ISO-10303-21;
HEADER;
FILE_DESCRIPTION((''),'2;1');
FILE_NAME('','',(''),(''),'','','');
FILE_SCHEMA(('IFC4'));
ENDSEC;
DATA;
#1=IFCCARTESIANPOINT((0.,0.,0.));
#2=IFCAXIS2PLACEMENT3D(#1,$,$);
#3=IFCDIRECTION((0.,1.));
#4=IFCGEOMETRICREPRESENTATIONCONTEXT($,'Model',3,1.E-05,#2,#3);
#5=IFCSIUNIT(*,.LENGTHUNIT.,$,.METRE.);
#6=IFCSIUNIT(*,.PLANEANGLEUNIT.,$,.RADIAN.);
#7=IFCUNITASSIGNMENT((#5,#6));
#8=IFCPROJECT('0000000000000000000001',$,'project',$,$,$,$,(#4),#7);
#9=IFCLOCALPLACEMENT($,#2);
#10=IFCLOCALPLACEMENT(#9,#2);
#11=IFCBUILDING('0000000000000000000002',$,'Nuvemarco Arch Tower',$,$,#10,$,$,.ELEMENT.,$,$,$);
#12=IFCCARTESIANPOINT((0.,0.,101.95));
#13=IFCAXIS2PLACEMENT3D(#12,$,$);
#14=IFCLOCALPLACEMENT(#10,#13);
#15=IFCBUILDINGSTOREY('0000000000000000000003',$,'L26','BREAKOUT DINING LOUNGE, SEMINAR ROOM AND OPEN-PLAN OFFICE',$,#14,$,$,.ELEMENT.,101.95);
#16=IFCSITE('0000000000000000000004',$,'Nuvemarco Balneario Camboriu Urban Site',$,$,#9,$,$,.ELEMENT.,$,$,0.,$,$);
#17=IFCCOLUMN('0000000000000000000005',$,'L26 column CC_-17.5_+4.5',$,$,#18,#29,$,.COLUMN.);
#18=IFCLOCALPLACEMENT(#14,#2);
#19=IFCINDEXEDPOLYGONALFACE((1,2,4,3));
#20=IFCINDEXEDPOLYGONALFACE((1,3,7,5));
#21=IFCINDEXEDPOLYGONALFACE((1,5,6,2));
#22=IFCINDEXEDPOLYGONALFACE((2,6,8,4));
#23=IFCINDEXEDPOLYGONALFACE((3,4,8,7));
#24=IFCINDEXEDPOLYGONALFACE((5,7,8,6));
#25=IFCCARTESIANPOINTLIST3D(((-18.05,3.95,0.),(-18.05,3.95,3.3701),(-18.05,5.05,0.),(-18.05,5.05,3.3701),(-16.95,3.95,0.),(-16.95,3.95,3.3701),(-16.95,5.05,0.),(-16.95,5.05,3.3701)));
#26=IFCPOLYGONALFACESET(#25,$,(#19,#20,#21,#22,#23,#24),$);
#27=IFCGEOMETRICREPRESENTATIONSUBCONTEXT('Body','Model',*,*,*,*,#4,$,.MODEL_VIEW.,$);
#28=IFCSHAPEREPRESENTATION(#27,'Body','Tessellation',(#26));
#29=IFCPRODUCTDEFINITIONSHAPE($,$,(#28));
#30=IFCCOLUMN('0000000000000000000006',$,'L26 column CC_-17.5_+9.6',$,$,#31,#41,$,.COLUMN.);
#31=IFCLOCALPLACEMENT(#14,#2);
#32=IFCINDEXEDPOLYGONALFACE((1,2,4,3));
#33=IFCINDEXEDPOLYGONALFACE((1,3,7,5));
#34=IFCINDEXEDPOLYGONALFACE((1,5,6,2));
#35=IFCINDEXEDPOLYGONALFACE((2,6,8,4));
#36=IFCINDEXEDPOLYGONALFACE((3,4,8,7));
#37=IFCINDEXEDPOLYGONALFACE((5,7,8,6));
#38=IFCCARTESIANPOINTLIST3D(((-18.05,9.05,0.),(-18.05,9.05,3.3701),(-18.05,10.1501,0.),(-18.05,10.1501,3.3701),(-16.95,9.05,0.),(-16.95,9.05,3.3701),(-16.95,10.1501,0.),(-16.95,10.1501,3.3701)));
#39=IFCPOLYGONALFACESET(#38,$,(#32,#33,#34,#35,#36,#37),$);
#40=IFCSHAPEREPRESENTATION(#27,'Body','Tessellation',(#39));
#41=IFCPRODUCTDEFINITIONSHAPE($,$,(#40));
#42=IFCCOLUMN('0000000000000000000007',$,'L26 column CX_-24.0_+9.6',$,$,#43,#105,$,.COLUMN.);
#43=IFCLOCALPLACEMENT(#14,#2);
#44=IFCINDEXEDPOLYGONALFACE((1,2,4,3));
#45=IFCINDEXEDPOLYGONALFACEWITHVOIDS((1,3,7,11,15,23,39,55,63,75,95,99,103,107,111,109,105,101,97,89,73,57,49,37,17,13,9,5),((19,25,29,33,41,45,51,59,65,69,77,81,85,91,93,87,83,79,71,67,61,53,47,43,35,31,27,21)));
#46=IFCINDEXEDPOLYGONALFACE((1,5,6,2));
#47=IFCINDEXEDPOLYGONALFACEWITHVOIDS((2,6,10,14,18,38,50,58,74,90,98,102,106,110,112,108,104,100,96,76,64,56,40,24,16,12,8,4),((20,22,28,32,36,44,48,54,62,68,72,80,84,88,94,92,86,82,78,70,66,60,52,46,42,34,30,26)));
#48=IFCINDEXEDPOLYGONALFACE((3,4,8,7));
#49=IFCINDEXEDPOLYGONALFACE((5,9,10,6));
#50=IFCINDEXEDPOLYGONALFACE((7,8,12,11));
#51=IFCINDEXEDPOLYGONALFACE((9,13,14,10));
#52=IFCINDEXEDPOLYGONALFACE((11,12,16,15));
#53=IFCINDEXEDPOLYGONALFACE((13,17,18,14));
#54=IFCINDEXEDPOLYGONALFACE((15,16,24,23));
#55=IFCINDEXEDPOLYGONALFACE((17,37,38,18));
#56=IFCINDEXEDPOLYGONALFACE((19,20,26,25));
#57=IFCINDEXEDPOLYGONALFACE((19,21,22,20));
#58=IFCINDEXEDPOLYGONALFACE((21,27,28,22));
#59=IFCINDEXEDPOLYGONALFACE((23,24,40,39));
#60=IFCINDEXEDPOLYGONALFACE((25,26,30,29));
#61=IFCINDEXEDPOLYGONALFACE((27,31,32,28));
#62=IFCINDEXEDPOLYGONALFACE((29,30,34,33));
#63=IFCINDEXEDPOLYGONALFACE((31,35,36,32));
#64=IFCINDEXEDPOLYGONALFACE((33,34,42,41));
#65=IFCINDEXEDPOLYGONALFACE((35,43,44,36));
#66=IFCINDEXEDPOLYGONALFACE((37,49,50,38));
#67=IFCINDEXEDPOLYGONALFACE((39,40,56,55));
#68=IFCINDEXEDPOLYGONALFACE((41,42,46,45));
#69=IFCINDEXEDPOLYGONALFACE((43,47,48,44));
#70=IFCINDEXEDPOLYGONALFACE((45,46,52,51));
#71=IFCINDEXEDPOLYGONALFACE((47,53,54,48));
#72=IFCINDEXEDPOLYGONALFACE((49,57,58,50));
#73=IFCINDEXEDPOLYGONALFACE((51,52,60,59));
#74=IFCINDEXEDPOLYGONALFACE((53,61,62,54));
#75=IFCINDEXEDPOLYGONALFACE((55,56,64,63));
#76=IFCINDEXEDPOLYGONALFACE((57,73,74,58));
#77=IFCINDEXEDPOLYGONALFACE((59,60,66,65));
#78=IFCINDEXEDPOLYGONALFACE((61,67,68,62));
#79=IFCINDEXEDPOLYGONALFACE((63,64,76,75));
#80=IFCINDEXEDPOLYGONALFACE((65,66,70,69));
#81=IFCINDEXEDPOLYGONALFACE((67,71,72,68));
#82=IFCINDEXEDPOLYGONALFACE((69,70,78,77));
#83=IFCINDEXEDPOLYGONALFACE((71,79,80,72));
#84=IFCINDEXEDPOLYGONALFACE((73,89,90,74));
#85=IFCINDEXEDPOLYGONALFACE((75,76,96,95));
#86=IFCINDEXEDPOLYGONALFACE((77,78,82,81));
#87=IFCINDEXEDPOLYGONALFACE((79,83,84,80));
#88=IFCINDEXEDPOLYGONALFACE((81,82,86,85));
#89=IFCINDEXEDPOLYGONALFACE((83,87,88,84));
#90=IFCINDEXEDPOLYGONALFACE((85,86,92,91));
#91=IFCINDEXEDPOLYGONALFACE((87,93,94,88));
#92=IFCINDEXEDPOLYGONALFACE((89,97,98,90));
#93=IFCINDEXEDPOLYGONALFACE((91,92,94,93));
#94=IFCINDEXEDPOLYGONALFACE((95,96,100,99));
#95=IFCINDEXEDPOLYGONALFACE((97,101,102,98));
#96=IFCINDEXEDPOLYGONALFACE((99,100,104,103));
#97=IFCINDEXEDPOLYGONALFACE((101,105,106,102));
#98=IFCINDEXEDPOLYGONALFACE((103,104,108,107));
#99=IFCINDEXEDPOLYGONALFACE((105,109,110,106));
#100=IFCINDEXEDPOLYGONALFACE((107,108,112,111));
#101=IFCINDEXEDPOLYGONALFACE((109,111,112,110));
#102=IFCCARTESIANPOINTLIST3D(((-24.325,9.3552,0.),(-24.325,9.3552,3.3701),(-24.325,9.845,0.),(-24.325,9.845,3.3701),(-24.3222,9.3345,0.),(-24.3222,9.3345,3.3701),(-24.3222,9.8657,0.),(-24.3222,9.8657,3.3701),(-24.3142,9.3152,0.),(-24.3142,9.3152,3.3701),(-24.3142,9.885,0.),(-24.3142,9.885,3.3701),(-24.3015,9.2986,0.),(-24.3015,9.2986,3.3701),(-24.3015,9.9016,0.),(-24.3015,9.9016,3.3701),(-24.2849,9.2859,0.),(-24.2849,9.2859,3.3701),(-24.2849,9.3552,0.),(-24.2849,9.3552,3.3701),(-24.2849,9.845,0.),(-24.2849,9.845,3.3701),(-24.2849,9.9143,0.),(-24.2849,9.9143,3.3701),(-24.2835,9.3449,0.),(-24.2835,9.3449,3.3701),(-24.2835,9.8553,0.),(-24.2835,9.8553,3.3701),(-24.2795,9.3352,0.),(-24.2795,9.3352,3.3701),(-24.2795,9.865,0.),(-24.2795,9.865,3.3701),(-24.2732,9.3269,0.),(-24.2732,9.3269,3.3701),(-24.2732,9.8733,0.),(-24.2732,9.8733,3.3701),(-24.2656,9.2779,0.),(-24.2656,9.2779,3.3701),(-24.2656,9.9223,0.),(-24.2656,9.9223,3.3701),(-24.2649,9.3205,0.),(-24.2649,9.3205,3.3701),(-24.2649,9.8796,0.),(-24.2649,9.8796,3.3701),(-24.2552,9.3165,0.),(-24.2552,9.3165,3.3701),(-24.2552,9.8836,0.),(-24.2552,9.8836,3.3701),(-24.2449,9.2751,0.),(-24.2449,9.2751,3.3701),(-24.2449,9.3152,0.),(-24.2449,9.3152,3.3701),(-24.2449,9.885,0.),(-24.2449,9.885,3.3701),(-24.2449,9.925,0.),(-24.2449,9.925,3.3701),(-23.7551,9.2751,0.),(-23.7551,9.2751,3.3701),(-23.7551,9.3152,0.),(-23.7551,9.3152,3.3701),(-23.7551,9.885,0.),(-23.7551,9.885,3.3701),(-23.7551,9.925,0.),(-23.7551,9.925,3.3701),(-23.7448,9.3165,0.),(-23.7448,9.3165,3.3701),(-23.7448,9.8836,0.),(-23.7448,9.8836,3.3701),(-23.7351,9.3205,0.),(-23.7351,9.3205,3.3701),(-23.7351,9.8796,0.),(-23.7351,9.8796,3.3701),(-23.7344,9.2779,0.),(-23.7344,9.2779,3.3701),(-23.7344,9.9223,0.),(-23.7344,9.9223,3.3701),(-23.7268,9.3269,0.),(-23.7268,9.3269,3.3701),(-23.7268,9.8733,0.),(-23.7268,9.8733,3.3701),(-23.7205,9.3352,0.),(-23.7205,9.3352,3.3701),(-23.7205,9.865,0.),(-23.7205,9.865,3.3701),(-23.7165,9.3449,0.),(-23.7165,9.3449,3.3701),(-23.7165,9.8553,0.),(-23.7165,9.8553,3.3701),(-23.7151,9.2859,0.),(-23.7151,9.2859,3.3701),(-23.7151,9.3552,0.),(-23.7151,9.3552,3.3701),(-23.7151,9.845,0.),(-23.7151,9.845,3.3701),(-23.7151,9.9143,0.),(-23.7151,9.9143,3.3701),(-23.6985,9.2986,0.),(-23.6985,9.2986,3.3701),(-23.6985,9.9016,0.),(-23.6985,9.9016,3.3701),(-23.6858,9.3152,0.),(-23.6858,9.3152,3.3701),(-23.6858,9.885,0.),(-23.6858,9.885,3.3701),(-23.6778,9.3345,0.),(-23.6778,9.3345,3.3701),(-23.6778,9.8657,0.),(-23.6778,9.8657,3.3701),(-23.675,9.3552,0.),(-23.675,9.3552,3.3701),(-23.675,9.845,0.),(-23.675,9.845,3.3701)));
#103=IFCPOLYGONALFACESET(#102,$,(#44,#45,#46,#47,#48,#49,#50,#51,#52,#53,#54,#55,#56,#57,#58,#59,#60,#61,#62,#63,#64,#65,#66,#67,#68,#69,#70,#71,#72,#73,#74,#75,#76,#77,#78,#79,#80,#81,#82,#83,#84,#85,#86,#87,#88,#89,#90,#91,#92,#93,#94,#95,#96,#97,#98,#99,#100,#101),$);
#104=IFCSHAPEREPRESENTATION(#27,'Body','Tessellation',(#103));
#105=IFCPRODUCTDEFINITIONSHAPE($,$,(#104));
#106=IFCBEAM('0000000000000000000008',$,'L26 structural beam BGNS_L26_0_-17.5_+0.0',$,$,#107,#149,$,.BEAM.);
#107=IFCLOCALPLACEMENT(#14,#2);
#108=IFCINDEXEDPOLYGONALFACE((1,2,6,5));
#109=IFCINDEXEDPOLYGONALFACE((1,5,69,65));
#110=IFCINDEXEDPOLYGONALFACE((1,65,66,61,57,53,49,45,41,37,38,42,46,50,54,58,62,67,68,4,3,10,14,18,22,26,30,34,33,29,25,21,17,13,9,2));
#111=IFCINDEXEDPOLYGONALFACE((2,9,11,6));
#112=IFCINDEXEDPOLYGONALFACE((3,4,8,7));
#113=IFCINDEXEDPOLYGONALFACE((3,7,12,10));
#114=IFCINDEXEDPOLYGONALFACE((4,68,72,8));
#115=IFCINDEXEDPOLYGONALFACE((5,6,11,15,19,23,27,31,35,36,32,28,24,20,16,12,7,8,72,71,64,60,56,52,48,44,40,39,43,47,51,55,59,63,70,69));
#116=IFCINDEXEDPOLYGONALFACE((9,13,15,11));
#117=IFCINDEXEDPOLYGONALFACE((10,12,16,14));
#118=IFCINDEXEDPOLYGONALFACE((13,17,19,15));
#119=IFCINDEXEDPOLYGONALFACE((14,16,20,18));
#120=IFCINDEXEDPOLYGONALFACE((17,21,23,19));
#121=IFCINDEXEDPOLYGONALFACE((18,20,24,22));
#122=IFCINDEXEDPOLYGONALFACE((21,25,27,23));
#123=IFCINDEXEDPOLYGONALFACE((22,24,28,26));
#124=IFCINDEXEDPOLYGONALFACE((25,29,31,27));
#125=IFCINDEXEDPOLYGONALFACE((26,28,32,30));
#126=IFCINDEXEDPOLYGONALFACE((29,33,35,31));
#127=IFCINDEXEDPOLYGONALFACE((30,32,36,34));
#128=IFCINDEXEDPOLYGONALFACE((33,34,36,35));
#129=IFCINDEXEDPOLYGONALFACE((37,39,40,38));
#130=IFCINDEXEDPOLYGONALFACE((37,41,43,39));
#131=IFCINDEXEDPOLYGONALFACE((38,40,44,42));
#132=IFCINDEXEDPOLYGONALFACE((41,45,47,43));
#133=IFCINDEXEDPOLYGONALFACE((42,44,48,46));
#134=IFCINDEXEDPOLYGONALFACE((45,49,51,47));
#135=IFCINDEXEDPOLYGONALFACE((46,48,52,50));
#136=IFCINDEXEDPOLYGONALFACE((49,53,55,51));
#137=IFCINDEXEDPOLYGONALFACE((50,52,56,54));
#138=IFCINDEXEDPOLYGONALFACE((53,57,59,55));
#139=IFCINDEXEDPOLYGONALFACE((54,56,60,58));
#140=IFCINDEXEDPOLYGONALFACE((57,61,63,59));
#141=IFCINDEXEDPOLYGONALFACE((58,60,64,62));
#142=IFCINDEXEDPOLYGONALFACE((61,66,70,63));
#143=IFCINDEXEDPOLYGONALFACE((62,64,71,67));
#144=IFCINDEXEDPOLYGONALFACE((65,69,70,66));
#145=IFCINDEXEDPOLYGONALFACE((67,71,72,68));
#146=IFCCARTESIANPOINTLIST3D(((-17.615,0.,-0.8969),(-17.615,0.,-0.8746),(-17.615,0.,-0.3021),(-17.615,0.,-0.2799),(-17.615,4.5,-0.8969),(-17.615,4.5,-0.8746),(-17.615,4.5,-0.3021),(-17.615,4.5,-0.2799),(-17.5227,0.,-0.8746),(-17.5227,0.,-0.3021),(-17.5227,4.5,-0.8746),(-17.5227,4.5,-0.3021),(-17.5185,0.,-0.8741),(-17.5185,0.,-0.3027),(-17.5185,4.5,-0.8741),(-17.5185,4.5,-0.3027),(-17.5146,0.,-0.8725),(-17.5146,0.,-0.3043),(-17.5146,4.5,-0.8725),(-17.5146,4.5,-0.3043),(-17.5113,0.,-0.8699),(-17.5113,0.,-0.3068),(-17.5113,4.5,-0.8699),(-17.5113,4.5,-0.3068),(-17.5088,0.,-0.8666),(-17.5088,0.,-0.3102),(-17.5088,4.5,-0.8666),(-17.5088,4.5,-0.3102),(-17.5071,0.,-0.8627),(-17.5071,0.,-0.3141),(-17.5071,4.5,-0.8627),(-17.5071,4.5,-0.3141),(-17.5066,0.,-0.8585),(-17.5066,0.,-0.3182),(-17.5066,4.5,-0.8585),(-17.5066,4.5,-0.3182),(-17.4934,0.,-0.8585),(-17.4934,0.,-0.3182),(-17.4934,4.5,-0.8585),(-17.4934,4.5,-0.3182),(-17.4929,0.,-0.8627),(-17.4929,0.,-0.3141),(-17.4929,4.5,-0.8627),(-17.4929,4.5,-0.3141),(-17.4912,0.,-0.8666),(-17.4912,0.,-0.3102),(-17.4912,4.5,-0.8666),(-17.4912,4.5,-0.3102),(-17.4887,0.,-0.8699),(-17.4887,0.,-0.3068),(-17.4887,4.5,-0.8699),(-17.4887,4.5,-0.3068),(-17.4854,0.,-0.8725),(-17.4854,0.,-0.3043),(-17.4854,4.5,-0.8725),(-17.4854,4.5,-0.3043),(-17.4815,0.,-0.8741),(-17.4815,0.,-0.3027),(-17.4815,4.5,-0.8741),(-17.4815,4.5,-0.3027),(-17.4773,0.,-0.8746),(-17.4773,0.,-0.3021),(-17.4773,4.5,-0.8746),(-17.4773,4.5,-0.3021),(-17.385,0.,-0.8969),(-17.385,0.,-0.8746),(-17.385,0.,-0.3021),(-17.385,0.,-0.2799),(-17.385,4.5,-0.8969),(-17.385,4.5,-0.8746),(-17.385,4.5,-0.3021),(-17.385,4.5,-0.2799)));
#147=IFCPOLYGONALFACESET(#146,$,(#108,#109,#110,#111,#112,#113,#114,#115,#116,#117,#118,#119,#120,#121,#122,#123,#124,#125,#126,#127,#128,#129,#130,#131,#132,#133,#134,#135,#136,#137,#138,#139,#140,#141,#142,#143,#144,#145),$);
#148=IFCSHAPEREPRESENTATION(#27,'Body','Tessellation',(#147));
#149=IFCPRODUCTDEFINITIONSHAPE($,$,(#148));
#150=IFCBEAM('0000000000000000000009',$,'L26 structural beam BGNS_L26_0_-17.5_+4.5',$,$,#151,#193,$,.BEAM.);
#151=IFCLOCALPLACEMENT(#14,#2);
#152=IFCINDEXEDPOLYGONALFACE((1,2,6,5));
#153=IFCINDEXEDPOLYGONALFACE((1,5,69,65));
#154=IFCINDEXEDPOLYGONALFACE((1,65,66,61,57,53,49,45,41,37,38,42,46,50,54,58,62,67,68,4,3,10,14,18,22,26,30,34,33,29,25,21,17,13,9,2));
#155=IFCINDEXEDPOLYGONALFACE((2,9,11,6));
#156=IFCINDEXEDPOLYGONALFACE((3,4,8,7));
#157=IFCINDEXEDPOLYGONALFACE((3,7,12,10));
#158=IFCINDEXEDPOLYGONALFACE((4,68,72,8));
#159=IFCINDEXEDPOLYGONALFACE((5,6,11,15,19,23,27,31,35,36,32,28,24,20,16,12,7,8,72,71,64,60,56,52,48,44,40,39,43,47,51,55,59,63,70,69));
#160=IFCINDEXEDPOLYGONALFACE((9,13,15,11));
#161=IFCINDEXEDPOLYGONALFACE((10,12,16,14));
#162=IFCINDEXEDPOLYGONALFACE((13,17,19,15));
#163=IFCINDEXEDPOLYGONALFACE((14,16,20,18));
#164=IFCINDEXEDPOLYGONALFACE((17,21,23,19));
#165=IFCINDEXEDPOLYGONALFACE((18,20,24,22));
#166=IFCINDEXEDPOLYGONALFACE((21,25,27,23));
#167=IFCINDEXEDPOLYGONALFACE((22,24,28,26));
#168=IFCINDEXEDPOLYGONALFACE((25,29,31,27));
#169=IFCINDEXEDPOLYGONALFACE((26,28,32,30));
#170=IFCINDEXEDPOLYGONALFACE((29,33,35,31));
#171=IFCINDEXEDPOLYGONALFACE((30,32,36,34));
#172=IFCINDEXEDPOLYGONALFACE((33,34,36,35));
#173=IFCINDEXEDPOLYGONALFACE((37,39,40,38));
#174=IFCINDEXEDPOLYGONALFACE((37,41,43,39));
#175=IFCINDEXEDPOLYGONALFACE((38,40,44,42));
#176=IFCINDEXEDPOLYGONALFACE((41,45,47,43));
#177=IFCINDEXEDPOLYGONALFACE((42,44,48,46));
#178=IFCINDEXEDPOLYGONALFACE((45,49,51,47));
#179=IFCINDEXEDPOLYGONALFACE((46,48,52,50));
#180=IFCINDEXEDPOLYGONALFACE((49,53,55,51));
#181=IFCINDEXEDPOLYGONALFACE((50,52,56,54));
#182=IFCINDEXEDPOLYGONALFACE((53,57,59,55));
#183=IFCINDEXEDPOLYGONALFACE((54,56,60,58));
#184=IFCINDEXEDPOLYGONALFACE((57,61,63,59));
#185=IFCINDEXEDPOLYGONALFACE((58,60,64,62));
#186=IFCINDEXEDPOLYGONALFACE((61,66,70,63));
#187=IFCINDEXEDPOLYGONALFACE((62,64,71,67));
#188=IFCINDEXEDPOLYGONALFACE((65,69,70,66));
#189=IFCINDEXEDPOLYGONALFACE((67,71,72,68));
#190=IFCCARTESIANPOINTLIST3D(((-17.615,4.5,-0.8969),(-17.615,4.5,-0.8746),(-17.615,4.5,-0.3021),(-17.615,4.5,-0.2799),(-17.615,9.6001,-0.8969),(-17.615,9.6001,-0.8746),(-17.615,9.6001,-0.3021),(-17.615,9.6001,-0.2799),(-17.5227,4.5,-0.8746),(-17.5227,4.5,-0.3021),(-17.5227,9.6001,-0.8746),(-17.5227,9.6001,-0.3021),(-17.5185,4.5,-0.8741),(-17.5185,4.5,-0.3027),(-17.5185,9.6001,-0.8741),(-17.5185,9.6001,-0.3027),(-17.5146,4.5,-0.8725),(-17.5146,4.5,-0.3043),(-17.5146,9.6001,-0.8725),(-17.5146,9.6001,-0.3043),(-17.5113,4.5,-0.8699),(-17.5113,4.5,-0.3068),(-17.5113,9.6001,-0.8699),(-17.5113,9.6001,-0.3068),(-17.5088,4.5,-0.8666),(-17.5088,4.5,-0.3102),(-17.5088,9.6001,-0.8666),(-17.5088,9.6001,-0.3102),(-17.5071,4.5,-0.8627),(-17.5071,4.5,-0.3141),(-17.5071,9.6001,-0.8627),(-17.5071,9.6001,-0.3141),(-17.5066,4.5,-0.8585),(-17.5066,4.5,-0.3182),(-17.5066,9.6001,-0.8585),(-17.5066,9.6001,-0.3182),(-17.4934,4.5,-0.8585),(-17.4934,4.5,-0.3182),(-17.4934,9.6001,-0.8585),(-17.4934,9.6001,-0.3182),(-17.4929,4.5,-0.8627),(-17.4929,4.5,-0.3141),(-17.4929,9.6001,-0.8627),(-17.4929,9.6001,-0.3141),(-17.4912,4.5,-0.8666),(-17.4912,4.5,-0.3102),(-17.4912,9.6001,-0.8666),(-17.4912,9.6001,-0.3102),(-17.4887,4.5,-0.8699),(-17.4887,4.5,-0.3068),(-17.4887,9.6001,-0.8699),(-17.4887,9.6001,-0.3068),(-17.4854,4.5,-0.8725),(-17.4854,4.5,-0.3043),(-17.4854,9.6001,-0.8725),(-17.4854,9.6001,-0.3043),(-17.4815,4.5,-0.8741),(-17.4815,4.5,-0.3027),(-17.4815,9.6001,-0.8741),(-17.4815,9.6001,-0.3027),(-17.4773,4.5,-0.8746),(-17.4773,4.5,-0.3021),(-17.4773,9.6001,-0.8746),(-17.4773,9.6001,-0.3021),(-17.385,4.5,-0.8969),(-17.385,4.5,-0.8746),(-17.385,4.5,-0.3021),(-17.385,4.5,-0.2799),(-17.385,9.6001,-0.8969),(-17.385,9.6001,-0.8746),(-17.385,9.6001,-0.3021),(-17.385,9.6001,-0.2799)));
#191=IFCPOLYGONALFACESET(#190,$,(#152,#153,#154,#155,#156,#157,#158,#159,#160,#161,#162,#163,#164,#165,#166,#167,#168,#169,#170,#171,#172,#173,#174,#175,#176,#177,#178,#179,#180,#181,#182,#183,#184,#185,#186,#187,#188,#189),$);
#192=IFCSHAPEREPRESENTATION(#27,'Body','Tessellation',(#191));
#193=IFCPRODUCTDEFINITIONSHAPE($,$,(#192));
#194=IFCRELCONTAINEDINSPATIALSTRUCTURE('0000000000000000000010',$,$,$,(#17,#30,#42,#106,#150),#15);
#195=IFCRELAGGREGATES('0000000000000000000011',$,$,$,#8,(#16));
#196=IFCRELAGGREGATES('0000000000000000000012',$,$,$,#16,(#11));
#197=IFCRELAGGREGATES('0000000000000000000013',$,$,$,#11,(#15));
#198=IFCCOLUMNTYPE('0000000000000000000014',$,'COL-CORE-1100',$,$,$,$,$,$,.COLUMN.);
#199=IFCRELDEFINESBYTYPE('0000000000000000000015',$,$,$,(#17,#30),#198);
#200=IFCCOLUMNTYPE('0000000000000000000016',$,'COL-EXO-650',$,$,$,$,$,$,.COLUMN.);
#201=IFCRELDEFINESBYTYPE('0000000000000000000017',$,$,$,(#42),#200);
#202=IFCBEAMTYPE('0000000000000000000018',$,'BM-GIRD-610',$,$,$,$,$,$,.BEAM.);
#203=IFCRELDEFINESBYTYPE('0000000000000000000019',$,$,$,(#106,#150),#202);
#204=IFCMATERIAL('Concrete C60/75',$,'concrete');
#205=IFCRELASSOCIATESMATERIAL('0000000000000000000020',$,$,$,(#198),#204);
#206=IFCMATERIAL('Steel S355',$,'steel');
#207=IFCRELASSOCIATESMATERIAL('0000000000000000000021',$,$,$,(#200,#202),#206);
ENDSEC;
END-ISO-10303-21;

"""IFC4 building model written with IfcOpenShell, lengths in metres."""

from ifc_helpers import new_model, si_unit, direction, frame, origin, origin_2d, place, context, subcontext, project, spatial, rectangle, hollow_rectangle, i_section, extrude, material, material_profile, profile_set, type_object, element, save


model = new_model("IFC4")

# Units and contexts
model_context = context("Model", 3, precision=1e-05, world=origin(), true_north=direction((0.0, 1.0)))
body_context = subcontext(model_context, "Body", "Model", "MODEL_VIEW")
ifc_project = project(units=[si_unit("LENGTHUNIT", "METRE"), si_unit("PLANEANGLEUNIT", "RADIAN")], contexts=[model_context])

# Site, building, storey
site_placement = place(None, origin())
site = spatial("IfcSite", under=ifc_project, at=site_placement, Name="Nuvemarco Balneario Camboriu Urban Site", CompositionType="ELEMENT", RefElevation=0.0)
building_placement = place(site_placement, origin())
building = spatial("IfcBuilding", under=site, at=building_placement, Name="Nuvemarco Arch Tower", CompositionType="ELEMENT")
storey_placement = place(building_placement, frame((0.0, 0.0, 101.95)))
storey = spatial("IfcBuildingStorey", under=building, at=storey_placement, Name="L26", Description="BREAKOUT DINING LOUNGE, SEMINAR ROOM AND OPEN-PLAN OFFICE", CompositionType="ELEMENT", Elevation=101.95)

# Columns
ifc_material_1 = material(Name="Concrete C60/75", Category="concrete")
ifc_material_profile_1 = material_profile(ifc_material_1, rectangle(XDim=1.1001, YDim=1.1001, at=origin_2d()), Name="RC-COL-1100x1100")
ifc_profile_set_1 = profile_set([ifc_material_profile_1], Name="Concrete C60/75")
column_type_1 = type_object("IfcColumnType", Name="COL-CORE-1100", PredefinedType="COLUMN", material=ifc_profile_set_1)
for number, where, z_axis, x_axis, name in (
    (1, (-17.5, 4.5, 0.0), (0.0, 0.0, 1.0), (1.0, 0.0, 0.0), "L26 column CC_-17.5_+4.5"),
    (2, (-17.5, 9.6001, 0.0), (0.0, 0.0, 1.0), (1.0, 0.0, 0.0), "L26 column CC_-17.5_+9.6"),
):
    element("IfcColumn", number, at=place(storey_placement, frame(where, z_axis=z_axis, x_axis=x_axis)), inside=storey, type_object=column_type_1, Name=name, PredefinedType="COLUMN", context=body_context, shape_type="SweptSolid", body=[
        extrude(rectangle(XDim=1.1001, YDim=1.1001, at=origin_2d()), origin(), (0.0, 0.0, 1.0), 3.3701),
    ])
ifc_material_2 = material(Name="Steel S355", Category="steel")
ifc_material_profile_2 = material_profile(ifc_material_2, hollow_rectangle(XDim=0.6499, YDim=0.6499, WallThickness=0.04, InnerFilletRadius=0.04, OuterFilletRadius=0.0801, at=origin_2d()), Name="SHS650x650x40")
ifc_profile_set_2 = profile_set([ifc_material_profile_2], Name="Steel S355")
column_type_2 = type_object("IfcColumnType", Name="COL-EXO-650", PredefinedType="COLUMN", material=ifc_profile_set_2)
column_placement = place(storey_placement, frame((-24.0, 9.6001, 0.0), z_axis=(0.0, 0.0, 1.0), x_axis=(1.0, 0.0, 0.0)))
element("IfcColumn", 3, at=column_placement, inside=storey, type_object=column_type_2, Name="L26 column CX_-24.0_+9.6", PredefinedType="COLUMN", context=body_context, shape_type="SweptSolid", body=[
    extrude(hollow_rectangle(XDim=0.6499, YDim=0.6499, WallThickness=0.04, InnerFilletRadius=0.04, OuterFilletRadius=0.0801, at=origin_2d()), origin(), (0.0, 0.0, 1.0), 3.3701),
])

# Beams
ifc_material_profile_3 = material_profile(ifc_material_2, i_section(OverallWidth=0.23, OverallDepth=0.6169, WebThickness=0.0132, FlangeThickness=0.0222, FilletRadius=0.0161, at=origin_2d()), Name="W610x140")
ifc_profile_set_3 = profile_set([ifc_material_profile_3], Name="Steel S355")
beam_type_1 = type_object("IfcBeamType", Name="BM-GIRD-610", PredefinedType="BEAM", material=ifc_profile_set_3)
beam_1_placement = place(storey_placement, frame((-17.5, 0.0, -0.5884), z_axis=(0.0, 1.0, 0.0), x_axis=(-1.0, 0.0, 0.0)))
element("IfcBeam", 4, at=beam_1_placement, inside=storey, type_object=beam_type_1, Name="L26 structural beam BGNS_L26_0_-17.5_+0.0", PredefinedType="BEAM", context=body_context, shape_type="SweptSolid", body=[
    extrude(i_section(OverallWidth=0.23, OverallDepth=0.6169, WebThickness=0.0132, FlangeThickness=0.0222, FilletRadius=0.0161, at=origin_2d()), origin(), (0.0, 0.0, 1.0), 4.5),
])
beam_2_placement = place(storey_placement, frame((-17.5, 4.5, -0.5884), z_axis=(0.0, 1.0, 0.0), x_axis=(-1.0, 0.0, 0.0)))
element("IfcBeam", 5, at=beam_2_placement, inside=storey, type_object=beam_type_1, Name="L26 structural beam BGNS_L26_0_-17.5_+4.5", PredefinedType="BEAM", context=body_context, shape_type="SweptSolid", body=[
    extrude(i_section(OverallWidth=0.23, OverallDepth=0.6169, WebThickness=0.0132, FlangeThickness=0.0222, FilletRadius=0.0161, at=origin_2d()), origin(), (0.0, 0.0, 1.0), 5.1001),
])

save(model, "model.ifc")
